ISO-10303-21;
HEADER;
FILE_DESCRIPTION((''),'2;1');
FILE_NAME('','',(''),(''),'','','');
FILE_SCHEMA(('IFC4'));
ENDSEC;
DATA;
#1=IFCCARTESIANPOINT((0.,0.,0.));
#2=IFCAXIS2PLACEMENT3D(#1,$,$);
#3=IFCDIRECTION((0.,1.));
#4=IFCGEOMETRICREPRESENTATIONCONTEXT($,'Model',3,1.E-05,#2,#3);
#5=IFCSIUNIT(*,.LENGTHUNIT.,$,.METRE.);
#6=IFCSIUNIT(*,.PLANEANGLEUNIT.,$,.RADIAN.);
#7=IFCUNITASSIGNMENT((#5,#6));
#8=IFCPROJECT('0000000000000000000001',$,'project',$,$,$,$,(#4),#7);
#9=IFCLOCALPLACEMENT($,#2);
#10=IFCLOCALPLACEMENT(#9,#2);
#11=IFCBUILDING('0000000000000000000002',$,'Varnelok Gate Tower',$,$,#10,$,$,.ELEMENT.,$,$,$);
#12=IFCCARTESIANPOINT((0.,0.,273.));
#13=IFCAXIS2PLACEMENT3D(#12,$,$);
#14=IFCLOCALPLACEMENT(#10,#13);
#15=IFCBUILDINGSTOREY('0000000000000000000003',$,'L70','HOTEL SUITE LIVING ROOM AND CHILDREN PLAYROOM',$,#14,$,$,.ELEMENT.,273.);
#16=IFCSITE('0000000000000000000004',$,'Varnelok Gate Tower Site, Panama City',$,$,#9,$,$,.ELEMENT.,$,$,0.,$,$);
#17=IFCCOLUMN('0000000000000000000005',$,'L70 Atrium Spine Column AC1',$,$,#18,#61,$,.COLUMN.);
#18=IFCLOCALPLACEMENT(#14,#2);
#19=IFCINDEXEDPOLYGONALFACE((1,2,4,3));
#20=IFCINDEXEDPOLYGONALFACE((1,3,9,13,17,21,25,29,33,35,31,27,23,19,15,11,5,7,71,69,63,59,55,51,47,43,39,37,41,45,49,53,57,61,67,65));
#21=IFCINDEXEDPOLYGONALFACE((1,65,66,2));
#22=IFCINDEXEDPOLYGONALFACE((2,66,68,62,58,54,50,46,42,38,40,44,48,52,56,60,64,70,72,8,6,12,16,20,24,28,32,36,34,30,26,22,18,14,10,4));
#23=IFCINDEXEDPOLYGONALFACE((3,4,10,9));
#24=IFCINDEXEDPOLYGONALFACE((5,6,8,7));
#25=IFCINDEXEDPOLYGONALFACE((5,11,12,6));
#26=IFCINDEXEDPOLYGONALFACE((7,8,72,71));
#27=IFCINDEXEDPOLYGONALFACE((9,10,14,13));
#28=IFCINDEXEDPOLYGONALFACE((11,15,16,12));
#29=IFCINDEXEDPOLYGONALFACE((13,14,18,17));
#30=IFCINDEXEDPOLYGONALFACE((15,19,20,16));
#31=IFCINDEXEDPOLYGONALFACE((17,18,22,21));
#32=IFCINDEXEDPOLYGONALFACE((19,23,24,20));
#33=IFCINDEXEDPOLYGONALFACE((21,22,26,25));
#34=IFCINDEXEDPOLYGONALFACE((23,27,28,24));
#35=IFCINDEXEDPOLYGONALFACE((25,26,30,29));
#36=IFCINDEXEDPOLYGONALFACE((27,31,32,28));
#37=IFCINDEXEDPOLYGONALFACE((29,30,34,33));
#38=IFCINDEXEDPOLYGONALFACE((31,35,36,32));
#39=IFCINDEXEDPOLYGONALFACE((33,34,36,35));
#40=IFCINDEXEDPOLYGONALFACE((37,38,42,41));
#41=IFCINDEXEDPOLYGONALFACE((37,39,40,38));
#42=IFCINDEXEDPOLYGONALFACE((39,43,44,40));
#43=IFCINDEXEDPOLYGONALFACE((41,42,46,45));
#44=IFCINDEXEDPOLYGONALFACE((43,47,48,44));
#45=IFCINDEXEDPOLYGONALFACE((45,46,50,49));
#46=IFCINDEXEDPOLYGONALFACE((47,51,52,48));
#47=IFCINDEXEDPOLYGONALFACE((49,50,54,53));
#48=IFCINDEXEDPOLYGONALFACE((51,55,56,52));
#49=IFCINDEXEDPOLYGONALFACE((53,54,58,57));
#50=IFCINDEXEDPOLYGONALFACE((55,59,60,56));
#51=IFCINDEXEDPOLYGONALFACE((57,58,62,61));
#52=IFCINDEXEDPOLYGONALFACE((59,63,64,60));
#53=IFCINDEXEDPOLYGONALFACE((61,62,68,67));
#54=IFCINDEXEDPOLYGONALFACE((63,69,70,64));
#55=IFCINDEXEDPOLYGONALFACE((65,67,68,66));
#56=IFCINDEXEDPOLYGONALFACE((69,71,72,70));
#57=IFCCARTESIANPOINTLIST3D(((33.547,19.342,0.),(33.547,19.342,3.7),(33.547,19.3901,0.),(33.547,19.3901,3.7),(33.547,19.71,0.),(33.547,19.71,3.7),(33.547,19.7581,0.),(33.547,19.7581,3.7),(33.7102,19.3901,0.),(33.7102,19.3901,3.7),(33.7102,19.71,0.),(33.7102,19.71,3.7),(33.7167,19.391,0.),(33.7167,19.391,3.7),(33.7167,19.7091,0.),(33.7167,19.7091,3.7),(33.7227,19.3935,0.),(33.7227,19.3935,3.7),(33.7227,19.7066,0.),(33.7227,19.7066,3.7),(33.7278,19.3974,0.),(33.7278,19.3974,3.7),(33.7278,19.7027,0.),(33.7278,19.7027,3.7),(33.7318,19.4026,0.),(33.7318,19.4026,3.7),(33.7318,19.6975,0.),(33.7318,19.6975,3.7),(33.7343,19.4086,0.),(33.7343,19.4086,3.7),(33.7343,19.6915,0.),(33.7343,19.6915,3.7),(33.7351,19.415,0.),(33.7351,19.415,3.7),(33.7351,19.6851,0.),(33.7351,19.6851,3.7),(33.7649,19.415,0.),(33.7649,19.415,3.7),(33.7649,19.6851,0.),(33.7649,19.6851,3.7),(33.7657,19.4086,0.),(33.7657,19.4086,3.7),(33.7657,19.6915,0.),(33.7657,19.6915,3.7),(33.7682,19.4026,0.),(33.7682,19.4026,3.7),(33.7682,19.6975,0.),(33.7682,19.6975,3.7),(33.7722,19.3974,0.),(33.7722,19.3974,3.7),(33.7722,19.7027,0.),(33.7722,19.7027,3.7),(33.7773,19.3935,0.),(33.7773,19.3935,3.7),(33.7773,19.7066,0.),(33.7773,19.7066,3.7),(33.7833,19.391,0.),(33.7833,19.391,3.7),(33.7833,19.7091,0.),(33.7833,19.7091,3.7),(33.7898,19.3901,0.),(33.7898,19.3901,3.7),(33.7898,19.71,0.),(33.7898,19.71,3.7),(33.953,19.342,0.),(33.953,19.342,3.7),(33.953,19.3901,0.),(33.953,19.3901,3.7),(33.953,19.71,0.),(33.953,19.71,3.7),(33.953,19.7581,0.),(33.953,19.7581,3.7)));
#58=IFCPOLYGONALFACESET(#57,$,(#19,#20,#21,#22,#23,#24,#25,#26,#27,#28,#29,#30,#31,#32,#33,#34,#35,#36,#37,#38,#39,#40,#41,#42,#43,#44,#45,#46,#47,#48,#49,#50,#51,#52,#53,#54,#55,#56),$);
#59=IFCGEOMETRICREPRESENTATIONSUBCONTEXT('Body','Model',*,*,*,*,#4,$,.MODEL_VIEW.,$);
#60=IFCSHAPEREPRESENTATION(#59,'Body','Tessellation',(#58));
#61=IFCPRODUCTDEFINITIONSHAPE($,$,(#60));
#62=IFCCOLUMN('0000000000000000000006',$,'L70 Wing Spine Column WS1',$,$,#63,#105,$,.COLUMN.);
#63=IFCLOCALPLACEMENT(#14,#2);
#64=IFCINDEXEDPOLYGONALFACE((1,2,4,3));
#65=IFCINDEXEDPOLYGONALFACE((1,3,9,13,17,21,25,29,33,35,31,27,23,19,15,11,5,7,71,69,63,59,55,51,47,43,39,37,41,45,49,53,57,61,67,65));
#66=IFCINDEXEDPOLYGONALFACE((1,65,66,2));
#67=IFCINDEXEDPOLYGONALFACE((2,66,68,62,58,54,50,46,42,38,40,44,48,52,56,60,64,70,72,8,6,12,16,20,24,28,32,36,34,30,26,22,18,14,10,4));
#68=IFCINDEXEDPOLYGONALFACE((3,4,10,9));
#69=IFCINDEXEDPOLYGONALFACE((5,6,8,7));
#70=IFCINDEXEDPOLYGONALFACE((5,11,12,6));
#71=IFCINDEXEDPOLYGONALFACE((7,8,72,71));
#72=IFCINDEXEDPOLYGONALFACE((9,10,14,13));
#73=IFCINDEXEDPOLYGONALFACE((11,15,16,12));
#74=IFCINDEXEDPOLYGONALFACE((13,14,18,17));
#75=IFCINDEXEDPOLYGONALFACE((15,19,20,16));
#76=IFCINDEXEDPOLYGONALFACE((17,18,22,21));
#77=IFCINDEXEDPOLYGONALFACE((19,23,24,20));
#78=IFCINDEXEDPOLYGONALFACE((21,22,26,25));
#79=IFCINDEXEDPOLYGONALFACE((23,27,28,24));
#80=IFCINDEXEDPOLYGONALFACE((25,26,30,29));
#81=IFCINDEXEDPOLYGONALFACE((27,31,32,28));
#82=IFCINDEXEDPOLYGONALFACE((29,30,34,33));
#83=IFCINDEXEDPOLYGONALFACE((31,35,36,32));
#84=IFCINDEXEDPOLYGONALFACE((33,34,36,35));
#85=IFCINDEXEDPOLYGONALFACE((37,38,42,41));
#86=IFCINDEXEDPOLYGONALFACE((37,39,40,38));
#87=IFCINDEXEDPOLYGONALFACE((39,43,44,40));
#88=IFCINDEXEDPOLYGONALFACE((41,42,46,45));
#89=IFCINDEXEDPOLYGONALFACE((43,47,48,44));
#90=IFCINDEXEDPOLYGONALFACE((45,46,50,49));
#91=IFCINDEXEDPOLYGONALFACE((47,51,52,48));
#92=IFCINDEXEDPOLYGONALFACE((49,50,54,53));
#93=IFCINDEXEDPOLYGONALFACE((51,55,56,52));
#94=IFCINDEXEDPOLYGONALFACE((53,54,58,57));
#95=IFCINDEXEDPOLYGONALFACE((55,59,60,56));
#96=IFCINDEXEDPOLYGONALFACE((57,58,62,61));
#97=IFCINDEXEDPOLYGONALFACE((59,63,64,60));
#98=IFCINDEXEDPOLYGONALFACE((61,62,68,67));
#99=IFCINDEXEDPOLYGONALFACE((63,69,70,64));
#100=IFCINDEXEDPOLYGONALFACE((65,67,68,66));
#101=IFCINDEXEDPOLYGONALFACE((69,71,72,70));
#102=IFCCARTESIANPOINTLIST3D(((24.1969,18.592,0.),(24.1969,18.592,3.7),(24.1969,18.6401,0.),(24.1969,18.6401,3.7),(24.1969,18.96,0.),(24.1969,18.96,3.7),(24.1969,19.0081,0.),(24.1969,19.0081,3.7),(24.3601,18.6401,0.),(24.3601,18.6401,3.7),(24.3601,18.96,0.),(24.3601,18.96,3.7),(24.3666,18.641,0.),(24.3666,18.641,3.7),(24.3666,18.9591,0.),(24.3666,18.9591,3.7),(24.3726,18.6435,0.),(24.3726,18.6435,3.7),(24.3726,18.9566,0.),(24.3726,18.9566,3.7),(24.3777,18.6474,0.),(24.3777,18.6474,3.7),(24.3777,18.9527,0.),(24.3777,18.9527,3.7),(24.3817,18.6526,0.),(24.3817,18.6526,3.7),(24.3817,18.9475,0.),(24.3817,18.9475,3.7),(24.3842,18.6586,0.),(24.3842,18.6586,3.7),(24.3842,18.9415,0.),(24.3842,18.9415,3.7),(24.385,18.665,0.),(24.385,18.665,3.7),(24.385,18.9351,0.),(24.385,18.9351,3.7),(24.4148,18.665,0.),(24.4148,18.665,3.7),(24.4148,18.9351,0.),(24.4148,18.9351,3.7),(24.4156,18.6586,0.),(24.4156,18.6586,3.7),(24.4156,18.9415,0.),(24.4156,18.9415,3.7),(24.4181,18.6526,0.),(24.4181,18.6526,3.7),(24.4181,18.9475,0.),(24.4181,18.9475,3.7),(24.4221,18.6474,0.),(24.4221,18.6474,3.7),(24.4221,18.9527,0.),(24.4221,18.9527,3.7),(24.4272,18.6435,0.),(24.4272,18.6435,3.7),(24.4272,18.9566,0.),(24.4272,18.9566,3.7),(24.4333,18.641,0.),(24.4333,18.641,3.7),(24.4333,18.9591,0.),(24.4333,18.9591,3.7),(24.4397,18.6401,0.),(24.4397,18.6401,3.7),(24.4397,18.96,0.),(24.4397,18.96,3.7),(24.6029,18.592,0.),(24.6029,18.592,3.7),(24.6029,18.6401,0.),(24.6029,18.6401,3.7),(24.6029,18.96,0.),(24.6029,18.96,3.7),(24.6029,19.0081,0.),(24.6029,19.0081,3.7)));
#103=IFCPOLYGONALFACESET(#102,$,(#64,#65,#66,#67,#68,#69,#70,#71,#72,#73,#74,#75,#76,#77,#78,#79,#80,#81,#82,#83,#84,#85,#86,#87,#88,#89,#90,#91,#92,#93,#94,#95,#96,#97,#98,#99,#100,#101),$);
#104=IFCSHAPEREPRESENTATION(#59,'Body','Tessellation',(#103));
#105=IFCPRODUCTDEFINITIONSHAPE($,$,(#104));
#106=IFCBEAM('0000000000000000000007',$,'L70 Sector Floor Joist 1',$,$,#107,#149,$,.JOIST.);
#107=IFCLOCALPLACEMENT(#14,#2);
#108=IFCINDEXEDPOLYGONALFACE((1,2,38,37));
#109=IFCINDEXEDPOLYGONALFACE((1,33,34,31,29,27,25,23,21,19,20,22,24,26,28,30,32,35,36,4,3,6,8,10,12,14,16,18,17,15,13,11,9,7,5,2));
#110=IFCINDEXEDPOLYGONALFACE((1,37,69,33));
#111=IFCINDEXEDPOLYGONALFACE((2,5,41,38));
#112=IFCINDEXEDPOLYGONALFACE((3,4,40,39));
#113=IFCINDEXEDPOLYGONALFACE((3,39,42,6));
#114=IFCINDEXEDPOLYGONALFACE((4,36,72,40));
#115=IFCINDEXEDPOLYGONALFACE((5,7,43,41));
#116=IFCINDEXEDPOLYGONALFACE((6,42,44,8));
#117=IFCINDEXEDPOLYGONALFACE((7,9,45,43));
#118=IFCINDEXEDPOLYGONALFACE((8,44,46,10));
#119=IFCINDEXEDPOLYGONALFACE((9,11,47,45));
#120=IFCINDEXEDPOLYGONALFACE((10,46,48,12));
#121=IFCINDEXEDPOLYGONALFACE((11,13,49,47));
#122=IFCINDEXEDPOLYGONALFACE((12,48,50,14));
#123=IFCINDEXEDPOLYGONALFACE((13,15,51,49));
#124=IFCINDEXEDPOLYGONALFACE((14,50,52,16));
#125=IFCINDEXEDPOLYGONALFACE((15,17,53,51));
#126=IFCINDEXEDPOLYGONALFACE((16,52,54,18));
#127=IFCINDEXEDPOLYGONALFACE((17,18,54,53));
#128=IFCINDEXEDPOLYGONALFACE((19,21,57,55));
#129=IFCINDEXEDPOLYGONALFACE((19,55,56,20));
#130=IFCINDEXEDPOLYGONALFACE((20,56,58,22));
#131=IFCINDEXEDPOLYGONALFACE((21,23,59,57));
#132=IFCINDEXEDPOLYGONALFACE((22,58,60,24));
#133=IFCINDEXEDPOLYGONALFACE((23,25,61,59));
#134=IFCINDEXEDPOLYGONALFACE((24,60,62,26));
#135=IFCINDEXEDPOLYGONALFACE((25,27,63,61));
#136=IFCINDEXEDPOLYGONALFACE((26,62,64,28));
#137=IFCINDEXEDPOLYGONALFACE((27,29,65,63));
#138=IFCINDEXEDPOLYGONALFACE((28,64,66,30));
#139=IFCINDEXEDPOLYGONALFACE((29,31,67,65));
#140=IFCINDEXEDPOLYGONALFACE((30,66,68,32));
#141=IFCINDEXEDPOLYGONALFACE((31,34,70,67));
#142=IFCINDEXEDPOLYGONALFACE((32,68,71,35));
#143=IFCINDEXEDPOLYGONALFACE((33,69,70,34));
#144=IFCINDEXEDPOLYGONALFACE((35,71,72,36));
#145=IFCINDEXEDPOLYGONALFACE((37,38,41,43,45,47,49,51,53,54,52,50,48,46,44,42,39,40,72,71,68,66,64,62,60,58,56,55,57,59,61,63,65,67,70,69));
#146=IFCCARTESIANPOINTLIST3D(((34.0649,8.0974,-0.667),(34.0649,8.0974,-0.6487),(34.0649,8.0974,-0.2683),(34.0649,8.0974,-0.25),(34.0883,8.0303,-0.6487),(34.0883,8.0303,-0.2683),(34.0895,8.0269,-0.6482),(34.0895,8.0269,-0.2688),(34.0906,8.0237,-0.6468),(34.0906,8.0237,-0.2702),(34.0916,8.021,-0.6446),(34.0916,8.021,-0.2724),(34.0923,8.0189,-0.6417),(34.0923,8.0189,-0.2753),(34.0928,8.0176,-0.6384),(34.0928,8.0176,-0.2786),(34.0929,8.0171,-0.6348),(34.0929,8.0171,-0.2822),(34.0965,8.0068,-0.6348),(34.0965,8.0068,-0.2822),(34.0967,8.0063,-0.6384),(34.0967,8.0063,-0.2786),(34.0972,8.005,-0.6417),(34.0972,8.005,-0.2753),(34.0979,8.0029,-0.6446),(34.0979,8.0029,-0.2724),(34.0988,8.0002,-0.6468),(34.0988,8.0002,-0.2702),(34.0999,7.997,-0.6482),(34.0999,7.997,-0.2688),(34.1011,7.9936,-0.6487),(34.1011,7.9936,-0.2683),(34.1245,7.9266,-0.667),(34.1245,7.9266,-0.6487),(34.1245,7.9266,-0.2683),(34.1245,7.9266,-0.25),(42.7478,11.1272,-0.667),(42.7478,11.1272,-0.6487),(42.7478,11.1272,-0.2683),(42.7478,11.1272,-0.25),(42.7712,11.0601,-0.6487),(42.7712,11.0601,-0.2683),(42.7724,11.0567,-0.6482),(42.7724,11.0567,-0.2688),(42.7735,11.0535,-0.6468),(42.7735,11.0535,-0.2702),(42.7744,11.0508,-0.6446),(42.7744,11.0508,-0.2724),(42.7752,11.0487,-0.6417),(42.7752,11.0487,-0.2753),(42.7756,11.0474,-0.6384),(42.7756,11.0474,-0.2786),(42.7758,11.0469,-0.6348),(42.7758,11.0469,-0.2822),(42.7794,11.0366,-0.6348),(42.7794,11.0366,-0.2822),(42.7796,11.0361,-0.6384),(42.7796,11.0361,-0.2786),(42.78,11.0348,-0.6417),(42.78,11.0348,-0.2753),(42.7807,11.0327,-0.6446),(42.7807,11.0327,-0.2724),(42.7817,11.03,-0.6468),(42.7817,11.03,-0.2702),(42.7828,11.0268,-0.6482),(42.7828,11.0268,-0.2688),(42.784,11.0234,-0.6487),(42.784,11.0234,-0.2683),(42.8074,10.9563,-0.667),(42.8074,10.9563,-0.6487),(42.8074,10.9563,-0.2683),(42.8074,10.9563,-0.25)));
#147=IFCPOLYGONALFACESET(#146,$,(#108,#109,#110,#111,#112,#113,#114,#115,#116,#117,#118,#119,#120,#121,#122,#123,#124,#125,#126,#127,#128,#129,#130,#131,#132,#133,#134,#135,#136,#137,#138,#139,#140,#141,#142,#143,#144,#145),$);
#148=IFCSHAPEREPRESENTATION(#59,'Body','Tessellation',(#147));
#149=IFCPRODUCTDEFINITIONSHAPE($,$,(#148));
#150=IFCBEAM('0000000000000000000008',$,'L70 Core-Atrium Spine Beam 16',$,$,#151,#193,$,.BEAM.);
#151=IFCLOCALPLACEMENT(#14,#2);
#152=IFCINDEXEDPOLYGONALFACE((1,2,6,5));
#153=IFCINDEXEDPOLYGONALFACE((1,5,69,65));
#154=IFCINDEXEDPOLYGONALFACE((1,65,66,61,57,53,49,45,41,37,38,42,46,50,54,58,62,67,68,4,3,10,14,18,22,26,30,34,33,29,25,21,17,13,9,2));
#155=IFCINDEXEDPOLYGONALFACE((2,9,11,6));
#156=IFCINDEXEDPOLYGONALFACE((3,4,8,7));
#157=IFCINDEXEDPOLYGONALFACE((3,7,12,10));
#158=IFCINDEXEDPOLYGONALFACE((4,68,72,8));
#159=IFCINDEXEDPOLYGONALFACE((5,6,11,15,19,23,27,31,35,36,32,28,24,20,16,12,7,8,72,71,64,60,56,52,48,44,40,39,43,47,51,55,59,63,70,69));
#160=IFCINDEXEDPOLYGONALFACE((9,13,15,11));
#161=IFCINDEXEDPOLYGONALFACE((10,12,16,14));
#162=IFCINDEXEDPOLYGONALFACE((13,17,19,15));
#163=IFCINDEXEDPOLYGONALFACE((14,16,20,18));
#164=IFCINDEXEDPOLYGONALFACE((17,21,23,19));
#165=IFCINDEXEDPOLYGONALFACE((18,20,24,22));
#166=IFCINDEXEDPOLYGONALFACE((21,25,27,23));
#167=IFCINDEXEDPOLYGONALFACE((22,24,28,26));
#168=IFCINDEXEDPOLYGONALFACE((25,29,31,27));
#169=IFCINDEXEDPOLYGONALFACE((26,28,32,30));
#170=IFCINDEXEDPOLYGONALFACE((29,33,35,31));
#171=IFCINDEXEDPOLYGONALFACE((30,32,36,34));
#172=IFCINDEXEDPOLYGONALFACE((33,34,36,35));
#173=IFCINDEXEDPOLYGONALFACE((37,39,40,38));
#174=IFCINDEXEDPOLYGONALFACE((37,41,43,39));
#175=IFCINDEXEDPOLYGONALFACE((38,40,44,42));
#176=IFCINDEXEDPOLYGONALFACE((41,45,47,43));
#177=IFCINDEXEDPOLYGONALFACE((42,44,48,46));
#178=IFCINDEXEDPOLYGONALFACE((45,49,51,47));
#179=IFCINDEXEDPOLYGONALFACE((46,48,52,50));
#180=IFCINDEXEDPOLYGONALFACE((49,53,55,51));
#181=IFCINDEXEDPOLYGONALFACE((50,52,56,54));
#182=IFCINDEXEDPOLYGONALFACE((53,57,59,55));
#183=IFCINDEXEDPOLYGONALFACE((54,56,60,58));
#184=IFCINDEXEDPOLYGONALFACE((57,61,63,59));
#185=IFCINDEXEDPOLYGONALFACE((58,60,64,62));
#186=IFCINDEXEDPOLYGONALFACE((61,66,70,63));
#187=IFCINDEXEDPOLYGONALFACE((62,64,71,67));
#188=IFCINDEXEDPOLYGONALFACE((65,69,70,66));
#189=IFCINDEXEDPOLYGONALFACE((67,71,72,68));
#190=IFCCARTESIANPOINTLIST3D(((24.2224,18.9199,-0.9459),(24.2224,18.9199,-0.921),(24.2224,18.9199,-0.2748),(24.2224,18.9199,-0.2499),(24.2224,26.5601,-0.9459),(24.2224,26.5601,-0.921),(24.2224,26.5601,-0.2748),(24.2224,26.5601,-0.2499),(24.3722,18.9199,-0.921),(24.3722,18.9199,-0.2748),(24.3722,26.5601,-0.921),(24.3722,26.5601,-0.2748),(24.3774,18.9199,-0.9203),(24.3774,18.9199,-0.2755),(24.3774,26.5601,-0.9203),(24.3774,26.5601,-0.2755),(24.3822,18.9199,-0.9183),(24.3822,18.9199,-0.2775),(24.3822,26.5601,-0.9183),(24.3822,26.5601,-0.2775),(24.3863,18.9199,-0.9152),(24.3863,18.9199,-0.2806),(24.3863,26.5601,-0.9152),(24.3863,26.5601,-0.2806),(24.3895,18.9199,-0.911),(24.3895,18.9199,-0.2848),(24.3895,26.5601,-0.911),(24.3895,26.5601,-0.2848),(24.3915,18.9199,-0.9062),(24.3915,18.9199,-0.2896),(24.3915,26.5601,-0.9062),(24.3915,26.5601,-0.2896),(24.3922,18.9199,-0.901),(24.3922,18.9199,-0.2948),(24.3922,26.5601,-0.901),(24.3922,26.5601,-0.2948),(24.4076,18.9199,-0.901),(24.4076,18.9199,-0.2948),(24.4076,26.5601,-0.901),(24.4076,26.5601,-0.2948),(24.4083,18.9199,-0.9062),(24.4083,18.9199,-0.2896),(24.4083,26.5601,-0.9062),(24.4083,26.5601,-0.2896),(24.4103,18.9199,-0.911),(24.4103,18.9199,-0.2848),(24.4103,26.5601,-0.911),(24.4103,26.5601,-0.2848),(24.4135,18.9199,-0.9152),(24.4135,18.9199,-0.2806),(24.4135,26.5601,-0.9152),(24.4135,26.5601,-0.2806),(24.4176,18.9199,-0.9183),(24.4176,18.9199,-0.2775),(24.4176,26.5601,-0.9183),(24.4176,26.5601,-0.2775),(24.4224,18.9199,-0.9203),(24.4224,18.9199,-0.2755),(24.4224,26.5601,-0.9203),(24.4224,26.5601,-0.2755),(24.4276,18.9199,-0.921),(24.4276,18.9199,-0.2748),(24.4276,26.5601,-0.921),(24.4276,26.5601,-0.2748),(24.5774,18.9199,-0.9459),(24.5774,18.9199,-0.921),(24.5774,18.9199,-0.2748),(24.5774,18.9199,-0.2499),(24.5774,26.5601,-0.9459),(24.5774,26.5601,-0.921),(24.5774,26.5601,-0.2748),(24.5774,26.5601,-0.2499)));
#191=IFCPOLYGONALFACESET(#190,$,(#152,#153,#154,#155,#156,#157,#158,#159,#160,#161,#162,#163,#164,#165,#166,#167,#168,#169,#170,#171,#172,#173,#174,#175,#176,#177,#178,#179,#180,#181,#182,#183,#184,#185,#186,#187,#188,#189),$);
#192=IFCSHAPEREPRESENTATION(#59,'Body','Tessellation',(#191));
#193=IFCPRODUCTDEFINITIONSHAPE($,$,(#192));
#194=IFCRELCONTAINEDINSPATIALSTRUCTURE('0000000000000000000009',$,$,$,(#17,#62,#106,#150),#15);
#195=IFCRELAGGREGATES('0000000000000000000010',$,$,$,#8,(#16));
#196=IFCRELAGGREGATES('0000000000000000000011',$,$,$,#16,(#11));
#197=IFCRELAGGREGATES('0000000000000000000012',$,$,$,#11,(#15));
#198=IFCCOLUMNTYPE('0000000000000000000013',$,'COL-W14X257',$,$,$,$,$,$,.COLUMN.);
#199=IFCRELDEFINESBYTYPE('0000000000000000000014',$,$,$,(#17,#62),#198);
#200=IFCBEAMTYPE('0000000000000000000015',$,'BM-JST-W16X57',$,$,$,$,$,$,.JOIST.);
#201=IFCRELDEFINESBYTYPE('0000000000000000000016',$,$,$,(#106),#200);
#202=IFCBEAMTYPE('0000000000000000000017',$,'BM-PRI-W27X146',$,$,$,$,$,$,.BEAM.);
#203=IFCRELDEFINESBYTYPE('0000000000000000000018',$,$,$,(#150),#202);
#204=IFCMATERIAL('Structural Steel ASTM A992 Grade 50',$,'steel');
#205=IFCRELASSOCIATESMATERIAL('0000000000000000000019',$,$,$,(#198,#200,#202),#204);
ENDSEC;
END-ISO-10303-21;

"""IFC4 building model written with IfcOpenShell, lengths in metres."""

from ifc_helpers import new_model, si_unit, direction, frame, origin, origin_2d, place, context, subcontext, project, spatial, i_section, extrude, material, material_profile, profile_set, type_object, element, save


model = new_model("IFC4")

# Units and contexts
model_context = context("Model", 3, precision=1e-05, world=origin(), true_north=direction((0.0, 1.0)))
body_context = subcontext(model_context, "Body", "Model", "MODEL_VIEW")
ifc_project = project(units=[si_unit("LENGTHUNIT", "METRE"), si_unit("PLANEANGLEUNIT", "RADIAN")], contexts=[model_context])

# Site, building, storey
site_placement = place(None, origin())
site = spatial("IfcSite", under=ifc_project, at=site_placement, Name="Varnelok Gate Tower Site, Panama City", CompositionType="ELEMENT", RefElevation=0.0)
building_placement = place(site_placement, origin())
building = spatial("IfcBuilding", under=site, at=building_placement, Name="Varnelok Gate Tower", CompositionType="ELEMENT")
storey_placement = place(building_placement, frame((0.0, 0.0, 273.0)))
storey = spatial("IfcBuildingStorey", under=building, at=storey_placement, Name="L70", Description="HOTEL SUITE LIVING ROOM AND CHILDREN PLAYROOM", CompositionType="ELEMENT", Elevation=273.0)

# Columns
ifc_material_1 = material(Name="Structural Steel ASTM A992 Grade 50", Category="steel")
ifc_material_profile_1 = material_profile(ifc_material_1, i_section(OverallWidth=0.406, OverallDepth=0.416, WebThickness=0.0298, FlangeThickness=0.0481, FilletRadius=0.0249, at=origin_2d()), Name="W14X257")
ifc_profile_set_1 = profile_set([ifc_material_profile_1], Name="Structural Steel ASTM A992 Grade 50")
column_type = type_object("IfcColumnType", Name="COL-W14X257", PredefinedType="COLUMN", material=ifc_profile_set_1)
for number, where, z_axis, x_axis, name in (
    (1, (33.75, 19.55, 0.0), (0.0, 0.0, 1.0), (1.0, 0.0, 0.0), "L70 Atrium Spine Column AC1"),
    (2, (24.3999, 18.8, 0.0), (0.0, 0.0, 1.0), (1.0, 0.0, 0.0), "L70 Wing Spine Column WS1"),
):
    element("IfcColumn", number, at=place(storey_placement, frame(where, z_axis=z_axis, x_axis=x_axis)), inside=storey, type_object=column_type, Name=name, PredefinedType="COLUMN", context=body_context, shape_type="SweptSolid", body=[
        extrude(i_section(OverallWidth=0.406, OverallDepth=0.416, WebThickness=0.0298, FlangeThickness=0.0481, FilletRadius=0.0249, at=origin_2d()), origin(), (0.0, 0.0, 1.0), 3.7),
    ])

# Beams
ifc_material_profile_2 = material_profile(ifc_material_1, i_section(OverallWidth=0.1809, OverallDepth=0.417, WebThickness=0.011, FlangeThickness=0.0183, FilletRadius=0.0139, at=origin_2d()), Name="W16X57")
ifc_profile_set_2 = profile_set([ifc_material_profile_2], Name="Structural Steel ASTM A992 Grade 50")
beam_type_1 = type_object("IfcBeamType", Name="BM-JST-W16X57", PredefinedType="JOIST", material=ifc_profile_set_2)
beam_1_placement = place(storey_placement, frame((34.0947, 8.012, -0.4585), z_axis=(0.94417, 0.329457, 0.0), x_axis=(-0.329457, 0.94417, 0.0)))
element("IfcBeam", 3, at=beam_1_placement, inside=storey, type_object=beam_type_1, Name="L70 Sector Floor Joist 1", PredefinedType="JOIST", context=body_context, shape_type="SweptSolid", body=[
    extrude(i_section(OverallWidth=0.1809, OverallDepth=0.417, WebThickness=0.011, FlangeThickness=0.0183, FilletRadius=0.0139, at=origin_2d()), origin(), (0.0, 0.0, 1.0), 9.1963),
])
ifc_material_profile_3 = material_profile(ifc_material_1, i_section(OverallWidth=0.355, OverallDepth=0.696, WebThickness=0.0154, FlangeThickness=0.0249, FilletRadius=0.02, at=origin_2d()), Name="W27X146")
ifc_profile_set_3 = profile_set([ifc_material_profile_3], Name="Structural Steel ASTM A992 Grade 50")
beam_type_2 = type_object("IfcBeamType", Name="BM-PRI-W27X146", PredefinedType="BEAM", material=ifc_profile_set_3)
beam_2_placement = place(storey_placement, frame((24.3999, 18.9199, -0.5979), z_axis=(0.0, 1.0, 0.0), x_axis=(-1.0, 0.0, 0.0)))
element("IfcBeam", 4, at=beam_2_placement, inside=storey, type_object=beam_type_2, Name="L70 Core-Atrium Spine Beam 16", PredefinedType="BEAM", context=body_context, shape_type="SweptSolid", body=[
    extrude(i_section(OverallWidth=0.355, OverallDepth=0.696, WebThickness=0.0154, FlangeThickness=0.0249, FilletRadius=0.02, at=origin_2d()), origin(), (0.0, 0.0, 1.0), 7.6401),
])

save(model, "model.ifc")
